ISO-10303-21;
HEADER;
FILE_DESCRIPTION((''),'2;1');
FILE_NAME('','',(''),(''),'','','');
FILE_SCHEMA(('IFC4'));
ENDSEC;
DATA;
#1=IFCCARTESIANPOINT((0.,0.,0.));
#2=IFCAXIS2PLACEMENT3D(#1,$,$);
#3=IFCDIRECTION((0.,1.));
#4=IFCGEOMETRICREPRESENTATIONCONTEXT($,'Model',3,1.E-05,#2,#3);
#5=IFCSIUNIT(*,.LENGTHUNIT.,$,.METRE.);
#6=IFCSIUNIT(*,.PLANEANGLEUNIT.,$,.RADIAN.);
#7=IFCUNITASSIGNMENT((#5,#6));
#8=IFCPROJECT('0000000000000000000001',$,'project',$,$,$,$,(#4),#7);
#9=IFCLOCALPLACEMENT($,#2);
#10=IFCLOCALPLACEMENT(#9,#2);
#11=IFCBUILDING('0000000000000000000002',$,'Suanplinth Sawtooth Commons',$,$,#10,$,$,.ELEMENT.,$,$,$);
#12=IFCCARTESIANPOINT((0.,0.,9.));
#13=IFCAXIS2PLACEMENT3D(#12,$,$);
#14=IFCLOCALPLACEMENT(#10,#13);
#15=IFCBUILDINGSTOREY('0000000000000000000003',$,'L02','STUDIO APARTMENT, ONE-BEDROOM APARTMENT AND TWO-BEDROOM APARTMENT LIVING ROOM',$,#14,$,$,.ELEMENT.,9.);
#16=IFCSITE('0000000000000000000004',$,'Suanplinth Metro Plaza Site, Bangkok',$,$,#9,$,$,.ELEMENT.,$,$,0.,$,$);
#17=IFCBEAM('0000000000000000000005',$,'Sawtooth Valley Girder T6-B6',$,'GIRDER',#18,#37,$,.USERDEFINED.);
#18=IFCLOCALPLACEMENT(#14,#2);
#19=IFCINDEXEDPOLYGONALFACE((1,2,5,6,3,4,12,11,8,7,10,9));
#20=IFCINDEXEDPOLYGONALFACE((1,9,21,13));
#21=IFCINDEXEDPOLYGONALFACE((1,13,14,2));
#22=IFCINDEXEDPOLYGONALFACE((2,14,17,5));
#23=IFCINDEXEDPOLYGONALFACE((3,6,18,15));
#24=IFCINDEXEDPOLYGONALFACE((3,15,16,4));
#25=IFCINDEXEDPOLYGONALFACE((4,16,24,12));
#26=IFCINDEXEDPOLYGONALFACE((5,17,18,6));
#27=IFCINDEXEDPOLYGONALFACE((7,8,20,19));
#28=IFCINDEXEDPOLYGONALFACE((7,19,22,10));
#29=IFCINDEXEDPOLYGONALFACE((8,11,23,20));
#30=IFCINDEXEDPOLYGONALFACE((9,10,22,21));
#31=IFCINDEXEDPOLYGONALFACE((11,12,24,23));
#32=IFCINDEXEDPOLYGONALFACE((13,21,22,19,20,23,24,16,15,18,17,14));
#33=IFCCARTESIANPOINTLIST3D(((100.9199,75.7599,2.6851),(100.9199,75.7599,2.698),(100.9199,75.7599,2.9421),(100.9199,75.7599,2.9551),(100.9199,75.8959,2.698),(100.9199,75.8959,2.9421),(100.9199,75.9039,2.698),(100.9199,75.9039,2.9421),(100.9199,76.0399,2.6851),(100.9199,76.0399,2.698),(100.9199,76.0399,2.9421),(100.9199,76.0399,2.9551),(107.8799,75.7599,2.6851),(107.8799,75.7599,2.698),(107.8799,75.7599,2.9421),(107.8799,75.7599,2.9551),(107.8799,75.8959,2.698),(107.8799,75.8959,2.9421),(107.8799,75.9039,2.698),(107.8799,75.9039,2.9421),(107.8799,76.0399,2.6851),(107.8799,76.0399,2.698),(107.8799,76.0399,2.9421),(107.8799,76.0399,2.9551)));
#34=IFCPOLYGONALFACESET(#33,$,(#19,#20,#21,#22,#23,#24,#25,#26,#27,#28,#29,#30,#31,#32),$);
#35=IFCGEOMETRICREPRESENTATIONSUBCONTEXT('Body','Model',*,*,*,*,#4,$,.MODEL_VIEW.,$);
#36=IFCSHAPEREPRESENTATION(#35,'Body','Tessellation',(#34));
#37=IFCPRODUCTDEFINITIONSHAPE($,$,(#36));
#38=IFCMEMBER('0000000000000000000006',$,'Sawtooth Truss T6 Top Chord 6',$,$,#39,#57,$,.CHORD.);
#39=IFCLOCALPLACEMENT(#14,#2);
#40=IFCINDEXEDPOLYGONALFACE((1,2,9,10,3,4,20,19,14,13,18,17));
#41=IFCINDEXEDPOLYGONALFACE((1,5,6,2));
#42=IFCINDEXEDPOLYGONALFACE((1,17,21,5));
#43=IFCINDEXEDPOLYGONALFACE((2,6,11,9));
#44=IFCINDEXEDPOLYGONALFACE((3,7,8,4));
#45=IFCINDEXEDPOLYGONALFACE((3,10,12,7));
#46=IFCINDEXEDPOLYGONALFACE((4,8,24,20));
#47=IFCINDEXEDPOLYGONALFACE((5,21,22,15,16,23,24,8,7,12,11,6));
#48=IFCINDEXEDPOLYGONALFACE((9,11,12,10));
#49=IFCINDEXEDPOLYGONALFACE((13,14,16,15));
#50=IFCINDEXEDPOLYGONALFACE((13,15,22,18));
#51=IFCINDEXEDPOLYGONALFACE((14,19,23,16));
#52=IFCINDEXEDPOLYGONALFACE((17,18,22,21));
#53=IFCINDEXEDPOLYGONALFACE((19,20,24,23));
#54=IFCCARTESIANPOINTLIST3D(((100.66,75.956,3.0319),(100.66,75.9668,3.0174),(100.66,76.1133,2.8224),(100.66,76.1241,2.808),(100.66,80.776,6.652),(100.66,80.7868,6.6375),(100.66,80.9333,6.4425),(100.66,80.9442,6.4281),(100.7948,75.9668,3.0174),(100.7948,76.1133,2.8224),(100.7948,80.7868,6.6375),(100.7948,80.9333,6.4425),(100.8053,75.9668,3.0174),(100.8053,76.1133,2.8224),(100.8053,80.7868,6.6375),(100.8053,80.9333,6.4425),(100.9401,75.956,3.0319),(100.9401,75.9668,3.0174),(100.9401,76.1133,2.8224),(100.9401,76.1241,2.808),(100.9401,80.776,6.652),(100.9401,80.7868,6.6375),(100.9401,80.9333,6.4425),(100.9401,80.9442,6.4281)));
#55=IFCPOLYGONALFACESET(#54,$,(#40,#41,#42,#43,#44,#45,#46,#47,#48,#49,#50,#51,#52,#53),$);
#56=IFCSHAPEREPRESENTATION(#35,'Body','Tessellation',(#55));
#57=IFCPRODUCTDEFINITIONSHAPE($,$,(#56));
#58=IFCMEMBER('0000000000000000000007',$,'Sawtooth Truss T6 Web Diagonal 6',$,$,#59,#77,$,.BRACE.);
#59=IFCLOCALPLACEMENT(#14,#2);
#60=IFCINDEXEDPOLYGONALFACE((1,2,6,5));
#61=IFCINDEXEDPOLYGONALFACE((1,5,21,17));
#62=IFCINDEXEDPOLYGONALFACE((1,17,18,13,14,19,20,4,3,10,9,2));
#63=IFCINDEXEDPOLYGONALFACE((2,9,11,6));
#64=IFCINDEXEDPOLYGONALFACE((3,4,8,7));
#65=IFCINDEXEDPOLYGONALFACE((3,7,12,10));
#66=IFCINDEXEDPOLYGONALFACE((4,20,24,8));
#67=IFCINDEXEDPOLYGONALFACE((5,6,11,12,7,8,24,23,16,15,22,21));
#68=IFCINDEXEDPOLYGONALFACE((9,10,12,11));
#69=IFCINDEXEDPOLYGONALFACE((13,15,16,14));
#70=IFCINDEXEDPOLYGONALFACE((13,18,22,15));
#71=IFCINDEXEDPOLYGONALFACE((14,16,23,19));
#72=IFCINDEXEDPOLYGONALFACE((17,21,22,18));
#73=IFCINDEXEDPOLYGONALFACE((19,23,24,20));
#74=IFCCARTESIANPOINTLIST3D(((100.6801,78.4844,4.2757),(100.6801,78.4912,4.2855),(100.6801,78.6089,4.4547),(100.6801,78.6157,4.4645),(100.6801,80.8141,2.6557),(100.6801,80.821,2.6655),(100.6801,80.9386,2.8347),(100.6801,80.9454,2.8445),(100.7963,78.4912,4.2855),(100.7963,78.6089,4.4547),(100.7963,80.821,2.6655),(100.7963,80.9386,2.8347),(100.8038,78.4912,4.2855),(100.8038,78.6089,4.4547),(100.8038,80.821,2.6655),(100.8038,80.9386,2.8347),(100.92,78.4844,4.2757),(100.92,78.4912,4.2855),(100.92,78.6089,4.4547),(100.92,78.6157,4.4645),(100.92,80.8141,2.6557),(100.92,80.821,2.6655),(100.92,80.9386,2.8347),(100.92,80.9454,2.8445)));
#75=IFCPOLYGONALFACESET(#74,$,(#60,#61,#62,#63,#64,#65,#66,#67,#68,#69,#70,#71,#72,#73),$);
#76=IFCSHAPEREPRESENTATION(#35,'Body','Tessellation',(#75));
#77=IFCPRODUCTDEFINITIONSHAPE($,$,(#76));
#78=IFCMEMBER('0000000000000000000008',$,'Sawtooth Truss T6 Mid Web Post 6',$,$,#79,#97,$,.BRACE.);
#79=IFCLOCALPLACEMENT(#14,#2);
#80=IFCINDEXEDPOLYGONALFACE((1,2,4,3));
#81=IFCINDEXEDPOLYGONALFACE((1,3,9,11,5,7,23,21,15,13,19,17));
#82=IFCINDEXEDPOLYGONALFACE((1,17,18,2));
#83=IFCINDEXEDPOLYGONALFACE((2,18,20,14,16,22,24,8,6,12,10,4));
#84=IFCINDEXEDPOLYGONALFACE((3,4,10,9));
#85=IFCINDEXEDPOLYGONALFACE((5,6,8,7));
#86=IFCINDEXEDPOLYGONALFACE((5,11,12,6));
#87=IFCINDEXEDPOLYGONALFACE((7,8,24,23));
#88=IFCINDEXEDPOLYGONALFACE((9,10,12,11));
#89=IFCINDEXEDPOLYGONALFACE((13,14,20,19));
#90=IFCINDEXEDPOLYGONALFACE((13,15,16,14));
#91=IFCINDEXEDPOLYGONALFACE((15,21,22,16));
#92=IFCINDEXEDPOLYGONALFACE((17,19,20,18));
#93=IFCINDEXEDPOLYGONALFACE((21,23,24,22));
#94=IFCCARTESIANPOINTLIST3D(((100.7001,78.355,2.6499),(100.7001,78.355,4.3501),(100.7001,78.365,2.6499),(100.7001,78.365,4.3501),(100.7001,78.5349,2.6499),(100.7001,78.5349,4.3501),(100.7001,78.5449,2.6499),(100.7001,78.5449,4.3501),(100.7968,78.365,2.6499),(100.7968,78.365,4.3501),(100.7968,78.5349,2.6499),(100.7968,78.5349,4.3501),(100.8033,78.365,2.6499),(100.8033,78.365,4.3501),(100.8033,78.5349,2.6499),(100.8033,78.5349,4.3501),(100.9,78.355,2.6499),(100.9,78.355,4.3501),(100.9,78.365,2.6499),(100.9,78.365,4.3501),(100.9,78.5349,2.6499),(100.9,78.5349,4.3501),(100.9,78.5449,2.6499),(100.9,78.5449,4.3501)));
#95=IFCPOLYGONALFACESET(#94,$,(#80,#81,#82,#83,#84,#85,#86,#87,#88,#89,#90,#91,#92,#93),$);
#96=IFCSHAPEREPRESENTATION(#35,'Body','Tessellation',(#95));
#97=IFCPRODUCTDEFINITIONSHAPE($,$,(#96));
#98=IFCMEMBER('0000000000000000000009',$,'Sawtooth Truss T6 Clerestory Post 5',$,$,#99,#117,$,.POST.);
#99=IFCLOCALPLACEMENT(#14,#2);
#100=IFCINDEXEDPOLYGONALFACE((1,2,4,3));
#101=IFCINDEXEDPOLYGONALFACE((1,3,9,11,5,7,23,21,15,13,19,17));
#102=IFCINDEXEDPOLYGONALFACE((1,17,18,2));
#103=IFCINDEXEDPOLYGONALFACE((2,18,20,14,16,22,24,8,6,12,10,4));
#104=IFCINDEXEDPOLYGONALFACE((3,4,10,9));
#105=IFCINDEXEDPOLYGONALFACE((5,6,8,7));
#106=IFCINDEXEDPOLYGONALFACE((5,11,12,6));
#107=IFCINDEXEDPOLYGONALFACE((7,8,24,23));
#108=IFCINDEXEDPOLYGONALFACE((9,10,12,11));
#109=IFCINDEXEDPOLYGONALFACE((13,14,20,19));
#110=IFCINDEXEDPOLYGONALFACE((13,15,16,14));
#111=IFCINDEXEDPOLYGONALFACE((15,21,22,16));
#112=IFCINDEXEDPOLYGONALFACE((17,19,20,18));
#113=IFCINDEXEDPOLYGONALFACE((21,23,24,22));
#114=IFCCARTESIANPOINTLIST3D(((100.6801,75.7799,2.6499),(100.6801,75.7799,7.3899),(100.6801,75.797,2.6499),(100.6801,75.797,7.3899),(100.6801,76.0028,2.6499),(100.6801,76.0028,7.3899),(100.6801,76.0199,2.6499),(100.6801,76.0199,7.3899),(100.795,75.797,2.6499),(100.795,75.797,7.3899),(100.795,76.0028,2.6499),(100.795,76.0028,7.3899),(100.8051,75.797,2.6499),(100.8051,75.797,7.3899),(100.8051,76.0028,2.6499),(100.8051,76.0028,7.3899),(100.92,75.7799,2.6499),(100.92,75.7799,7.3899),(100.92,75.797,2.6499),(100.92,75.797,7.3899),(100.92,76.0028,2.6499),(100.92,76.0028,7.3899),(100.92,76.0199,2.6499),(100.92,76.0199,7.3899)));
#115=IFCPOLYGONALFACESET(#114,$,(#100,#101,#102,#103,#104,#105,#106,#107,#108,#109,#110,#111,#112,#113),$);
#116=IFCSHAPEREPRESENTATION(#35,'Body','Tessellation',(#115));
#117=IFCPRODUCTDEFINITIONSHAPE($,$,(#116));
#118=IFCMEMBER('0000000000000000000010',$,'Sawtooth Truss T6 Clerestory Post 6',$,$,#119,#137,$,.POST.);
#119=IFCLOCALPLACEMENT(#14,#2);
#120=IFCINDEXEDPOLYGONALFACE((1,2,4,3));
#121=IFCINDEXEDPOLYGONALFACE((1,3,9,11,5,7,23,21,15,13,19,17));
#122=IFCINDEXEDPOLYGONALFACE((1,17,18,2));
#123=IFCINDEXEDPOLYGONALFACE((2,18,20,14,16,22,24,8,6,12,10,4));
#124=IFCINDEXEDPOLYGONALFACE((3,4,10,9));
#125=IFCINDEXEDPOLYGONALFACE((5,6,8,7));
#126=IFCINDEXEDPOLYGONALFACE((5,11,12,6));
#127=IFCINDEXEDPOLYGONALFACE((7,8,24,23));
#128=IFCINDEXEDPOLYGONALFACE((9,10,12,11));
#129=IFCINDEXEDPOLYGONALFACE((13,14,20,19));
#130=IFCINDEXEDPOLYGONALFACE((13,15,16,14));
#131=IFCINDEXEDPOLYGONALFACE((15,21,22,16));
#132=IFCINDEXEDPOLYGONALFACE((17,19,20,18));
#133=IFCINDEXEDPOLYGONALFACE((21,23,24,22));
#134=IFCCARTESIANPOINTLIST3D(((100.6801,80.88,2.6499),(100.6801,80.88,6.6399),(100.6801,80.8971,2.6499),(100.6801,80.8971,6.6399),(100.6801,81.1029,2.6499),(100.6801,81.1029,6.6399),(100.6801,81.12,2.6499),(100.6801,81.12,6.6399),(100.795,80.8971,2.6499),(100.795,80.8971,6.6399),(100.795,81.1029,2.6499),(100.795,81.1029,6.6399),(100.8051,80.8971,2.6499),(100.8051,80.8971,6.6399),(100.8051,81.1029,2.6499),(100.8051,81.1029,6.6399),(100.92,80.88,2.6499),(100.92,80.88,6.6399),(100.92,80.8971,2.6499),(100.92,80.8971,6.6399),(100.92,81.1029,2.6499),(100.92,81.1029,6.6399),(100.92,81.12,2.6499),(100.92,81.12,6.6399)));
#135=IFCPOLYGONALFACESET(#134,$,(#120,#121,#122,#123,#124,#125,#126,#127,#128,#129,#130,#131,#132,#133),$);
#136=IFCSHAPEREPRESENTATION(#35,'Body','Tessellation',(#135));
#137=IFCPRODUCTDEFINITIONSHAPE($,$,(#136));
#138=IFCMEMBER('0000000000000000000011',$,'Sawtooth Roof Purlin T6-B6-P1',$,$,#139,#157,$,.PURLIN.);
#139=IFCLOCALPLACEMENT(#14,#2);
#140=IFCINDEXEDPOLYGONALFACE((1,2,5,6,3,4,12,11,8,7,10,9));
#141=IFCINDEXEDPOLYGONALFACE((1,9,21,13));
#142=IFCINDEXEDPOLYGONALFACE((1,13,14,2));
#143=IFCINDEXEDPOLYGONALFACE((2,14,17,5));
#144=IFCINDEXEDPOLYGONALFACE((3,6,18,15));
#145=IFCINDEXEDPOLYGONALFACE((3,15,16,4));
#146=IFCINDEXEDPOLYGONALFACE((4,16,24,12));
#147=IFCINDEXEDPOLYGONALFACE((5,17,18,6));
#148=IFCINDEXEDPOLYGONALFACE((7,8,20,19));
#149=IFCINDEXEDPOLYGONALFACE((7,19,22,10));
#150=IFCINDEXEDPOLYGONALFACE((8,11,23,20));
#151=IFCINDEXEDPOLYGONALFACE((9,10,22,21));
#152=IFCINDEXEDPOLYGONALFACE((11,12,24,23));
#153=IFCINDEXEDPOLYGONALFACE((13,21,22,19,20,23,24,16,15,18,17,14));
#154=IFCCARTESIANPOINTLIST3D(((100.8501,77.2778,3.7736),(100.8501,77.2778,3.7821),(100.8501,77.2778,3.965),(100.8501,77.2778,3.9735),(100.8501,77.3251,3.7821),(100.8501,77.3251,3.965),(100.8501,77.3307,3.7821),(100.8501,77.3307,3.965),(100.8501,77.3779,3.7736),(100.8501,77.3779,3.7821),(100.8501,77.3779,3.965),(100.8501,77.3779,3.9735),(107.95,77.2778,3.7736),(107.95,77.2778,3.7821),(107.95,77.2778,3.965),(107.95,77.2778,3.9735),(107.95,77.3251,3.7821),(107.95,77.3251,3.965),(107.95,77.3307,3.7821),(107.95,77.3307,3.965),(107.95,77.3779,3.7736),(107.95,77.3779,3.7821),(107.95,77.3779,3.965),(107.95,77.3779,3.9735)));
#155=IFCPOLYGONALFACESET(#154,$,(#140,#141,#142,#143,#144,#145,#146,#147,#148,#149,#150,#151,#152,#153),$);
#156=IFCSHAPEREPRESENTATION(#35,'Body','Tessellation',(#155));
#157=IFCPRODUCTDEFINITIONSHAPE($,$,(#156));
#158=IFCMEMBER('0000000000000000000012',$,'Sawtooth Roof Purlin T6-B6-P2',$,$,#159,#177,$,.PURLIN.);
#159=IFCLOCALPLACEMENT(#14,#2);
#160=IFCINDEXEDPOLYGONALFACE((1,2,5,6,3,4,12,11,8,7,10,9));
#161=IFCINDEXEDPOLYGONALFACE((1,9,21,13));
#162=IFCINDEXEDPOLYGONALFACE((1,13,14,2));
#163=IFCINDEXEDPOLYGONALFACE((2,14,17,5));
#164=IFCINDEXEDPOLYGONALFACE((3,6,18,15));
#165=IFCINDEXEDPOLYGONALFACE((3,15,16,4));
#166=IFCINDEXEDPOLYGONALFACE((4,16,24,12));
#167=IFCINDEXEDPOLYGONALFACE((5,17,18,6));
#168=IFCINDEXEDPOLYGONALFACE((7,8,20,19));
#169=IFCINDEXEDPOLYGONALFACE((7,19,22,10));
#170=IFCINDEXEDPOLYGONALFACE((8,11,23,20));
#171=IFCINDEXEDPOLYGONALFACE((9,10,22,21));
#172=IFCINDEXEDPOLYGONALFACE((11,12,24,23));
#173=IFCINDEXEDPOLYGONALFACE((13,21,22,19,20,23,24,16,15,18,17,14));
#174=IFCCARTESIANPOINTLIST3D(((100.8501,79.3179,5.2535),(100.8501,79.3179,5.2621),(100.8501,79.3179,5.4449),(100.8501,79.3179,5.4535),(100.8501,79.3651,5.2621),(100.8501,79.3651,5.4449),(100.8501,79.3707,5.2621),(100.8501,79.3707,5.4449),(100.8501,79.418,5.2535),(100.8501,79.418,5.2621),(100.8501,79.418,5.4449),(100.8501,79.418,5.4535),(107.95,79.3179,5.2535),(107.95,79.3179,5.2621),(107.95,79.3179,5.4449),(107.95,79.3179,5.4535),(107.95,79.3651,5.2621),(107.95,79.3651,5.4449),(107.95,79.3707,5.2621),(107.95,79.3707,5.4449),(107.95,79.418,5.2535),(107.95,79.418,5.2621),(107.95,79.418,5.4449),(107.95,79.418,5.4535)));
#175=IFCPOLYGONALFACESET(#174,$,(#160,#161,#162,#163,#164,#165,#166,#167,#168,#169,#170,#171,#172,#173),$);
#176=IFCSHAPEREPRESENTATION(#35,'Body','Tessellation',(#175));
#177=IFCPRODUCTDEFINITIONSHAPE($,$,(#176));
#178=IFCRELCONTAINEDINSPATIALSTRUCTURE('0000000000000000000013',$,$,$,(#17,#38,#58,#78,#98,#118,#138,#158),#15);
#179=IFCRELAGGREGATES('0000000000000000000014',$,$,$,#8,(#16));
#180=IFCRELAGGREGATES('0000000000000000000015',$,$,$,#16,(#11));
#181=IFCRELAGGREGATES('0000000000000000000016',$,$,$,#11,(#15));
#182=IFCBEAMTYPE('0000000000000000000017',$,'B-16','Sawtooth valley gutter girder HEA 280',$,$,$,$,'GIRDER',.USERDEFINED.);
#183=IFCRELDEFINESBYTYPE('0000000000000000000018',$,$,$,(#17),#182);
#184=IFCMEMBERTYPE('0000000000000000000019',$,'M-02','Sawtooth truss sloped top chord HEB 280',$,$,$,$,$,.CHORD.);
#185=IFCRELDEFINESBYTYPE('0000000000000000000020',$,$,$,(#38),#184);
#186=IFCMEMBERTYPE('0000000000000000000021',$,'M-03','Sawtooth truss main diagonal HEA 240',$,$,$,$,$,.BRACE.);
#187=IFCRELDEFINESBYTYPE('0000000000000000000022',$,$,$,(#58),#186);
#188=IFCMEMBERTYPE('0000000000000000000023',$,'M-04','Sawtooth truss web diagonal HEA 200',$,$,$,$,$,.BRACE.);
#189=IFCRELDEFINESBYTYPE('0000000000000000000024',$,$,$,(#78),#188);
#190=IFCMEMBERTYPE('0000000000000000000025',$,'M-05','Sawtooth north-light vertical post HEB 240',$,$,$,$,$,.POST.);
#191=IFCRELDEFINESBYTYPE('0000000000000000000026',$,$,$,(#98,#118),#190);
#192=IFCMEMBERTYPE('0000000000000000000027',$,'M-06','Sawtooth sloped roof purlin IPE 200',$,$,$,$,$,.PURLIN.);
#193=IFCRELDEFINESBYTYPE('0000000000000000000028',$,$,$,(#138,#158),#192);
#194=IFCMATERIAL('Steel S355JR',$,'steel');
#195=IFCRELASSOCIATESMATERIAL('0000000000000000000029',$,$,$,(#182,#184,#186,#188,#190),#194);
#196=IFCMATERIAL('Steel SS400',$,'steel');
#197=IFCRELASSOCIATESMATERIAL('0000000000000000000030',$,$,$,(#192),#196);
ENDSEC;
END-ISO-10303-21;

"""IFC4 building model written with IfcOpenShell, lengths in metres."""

from ifc_helpers import new_model, si_unit, direction, frame, origin, origin_2d, place, context, subcontext, project, spatial, i_section, extrude, material, material_profile, profile_set, type_object, element, save


model = new_model("IFC4")

# Units and contexts
model_context = context("Model", 3, precision=1e-05, world=origin(), true_north=direction((0.0, 1.0)))
body_context = subcontext(model_context, "Body", "Model", "MODEL_VIEW")
ifc_project = project(units=[si_unit("LENGTHUNIT", "METRE"), si_unit("PLANEANGLEUNIT", "RADIAN")], contexts=[model_context])

# Site, building, storey
site_placement = place(None, origin())
site = spatial("IfcSite", under=ifc_project, at=site_placement, Name="Suanplinth Metro Plaza Site, Bangkok", CompositionType="ELEMENT", RefElevation=0.0)
building_placement = place(site_placement, origin())
building = spatial("IfcBuilding", under=site, at=building_placement, Name="Suanplinth Sawtooth Commons", CompositionType="ELEMENT")
storey_placement = place(building_placement, frame((0.0, 0.0, 9.0)))
storey = spatial("IfcBuildingStorey", under=building, at=storey_placement, Name="L02", Description="STUDIO APARTMENT, ONE-BEDROOM APARTMENT AND TWO-BEDROOM APARTMENT LIVING ROOM", CompositionType="ELEMENT", Elevation=9.0)

# Beam
ifc_material_1 = material(Name="Steel S355JR", Category="steel")
ifc_material_profile_1 = material_profile(ifc_material_1, i_section(OverallWidth=0.28, OverallDepth=0.27, WebThickness=0.0081, FlangeThickness=0.0129, at=origin_2d()), Name="HEA 280")
ifc_profile_set_1 = profile_set([ifc_material_profile_1], Name="Steel S355JR")
beam_type = type_object("IfcBeamType", Name="B-16", Description="Sawtooth valley gutter girder HEA 280", ElementType="GIRDER", PredefinedType="USERDEFINED", material=ifc_profile_set_1)
beam_placement = place(storey_placement, frame((100.9199, 75.8999, 2.8201), z_axis=(1.0, 0.0, 0.0), x_axis=(0.0, 1.0, 0.0)))
element("IfcBeam", 1, at=beam_placement, inside=storey, type_object=beam_type, Name="Sawtooth Valley Girder T6-B6", ObjectType="GIRDER", PredefinedType="USERDEFINED", context=body_context, shape_type="SweptSolid", body=[
    extrude(i_section(OverallWidth=0.28, OverallDepth=0.27, WebThickness=0.0081, FlangeThickness=0.0129, at=origin_2d()), origin(), (0.0, 0.0, 1.0), 6.96),
])

# Members
ifc_material_profile_2 = material_profile(ifc_material_1, i_section(OverallWidth=0.28, OverallDepth=0.28, WebThickness=0.0105, FlangeThickness=0.0181, at=origin_2d()), Name="HEB 280")
ifc_profile_set_2 = profile_set([ifc_material_profile_2], Name="Steel S355JR")
member_type_1 = type_object("IfcMemberType", Name="M-02", Description="Sawtooth truss sloped top chord HEB 280", PredefinedType="CHORD", material=ifc_profile_set_2)
member_1_placement = place(storey_placement, frame((100.8, 76.04, 2.9199), z_axis=(0.0, 0.799596, 0.600538), x_axis=(-1.0, 0.0, 0.0)))
element("IfcMember", 2, at=member_1_placement, inside=storey, type_object=member_type_1, Name="Sawtooth Truss T6 Top Chord 6", PredefinedType="CHORD", context=body_context, shape_type="SweptSolid", body=[
    extrude(i_section(OverallWidth=0.28, OverallDepth=0.28, WebThickness=0.0105, FlangeThickness=0.0181, at=origin_2d()), origin(), (0.0, 0.0, 1.0), 6.0281),
])
ifc_material_profile_3 = material_profile(ifc_material_1, i_section(OverallWidth=0.24, OverallDepth=0.23, WebThickness=0.0076, FlangeThickness=0.012, at=origin_2d()), Name="HEA 240")
ifc_profile_set_3 = profile_set([ifc_material_profile_3], Name="Steel S355JR")
member_type_2 = type_object("IfcMemberType", Name="M-03", Description="Sawtooth truss main diagonal HEA 240", PredefinedType="BRACE", material=ifc_profile_set_3)
member_2_placement = place(storey_placement, frame((100.8, 78.55, 4.3701), z_axis=(0.0, 0.82101, -0.570913), x_axis=(-1.0, 0.0, 0.0)))
element("IfcMember", 3, at=member_2_placement, inside=storey, type_object=member_type_2, Name="Sawtooth Truss T6 Web Diagonal 6", PredefinedType="BRACE", context=body_context, shape_type="SweptSolid", body=[
    extrude(i_section(OverallWidth=0.24, OverallDepth=0.23, WebThickness=0.0076, FlangeThickness=0.012, at=origin_2d()), origin(), (0.0, 0.0, 1.0), 2.8376),
])
ifc_material_profile_4 = material_profile(ifc_material_1, i_section(OverallWidth=0.2, OverallDepth=0.1899, WebThickness=0.0066, FlangeThickness=0.01, at=origin_2d()), Name="HEA 200")
ifc_profile_set_4 = profile_set([ifc_material_profile_4], Name="Steel S355JR")
member_type_3 = type_object("IfcMemberType", Name="M-04", Description="Sawtooth truss web diagonal HEA 200", PredefinedType="BRACE", material=ifc_profile_set_4)
member_3_placement = place(storey_placement, frame((100.8, 78.45, 2.6499), z_axis=(0.0, 0.0, 1.0), x_axis=(1.0, 0.0, 0.0)))
element("IfcMember", 4, at=member_3_placement, inside=storey, type_object=member_type_3, Name="Sawtooth Truss T6 Mid Web Post 6", PredefinedType="BRACE", context=body_context, shape_type="SweptSolid", body=[
    extrude(i_section(OverallWidth=0.2, OverallDepth=0.1899, WebThickness=0.0066, FlangeThickness=0.01, at=origin_2d()), origin(), (0.0, 0.0, 1.0), 1.7002),
])
ifc_material_profile_5 = material_profile(ifc_material_1, i_section(OverallWidth=0.24, OverallDepth=0.24, WebThickness=0.01, FlangeThickness=0.0171, at=origin_2d()), Name="HEB 240")
ifc_profile_set_5 = profile_set([ifc_material_profile_5], Name="Steel S355JR")
member_type_4 = type_object("IfcMemberType", Name="M-05", Description="Sawtooth north-light vertical post HEB 240", PredefinedType="POST", material=ifc_profile_set_5)
member_4_placement = place(storey_placement, frame((100.8, 75.8999, 2.6499), z_axis=(0.0, 0.0, 1.0), x_axis=(1.0, 0.0, 0.0)))
element("IfcMember", 5, at=member_4_placement, inside=storey, type_object=member_type_4, Name="Sawtooth Truss T6 Clerestory Post 5", PredefinedType="POST", context=body_context, shape_type="SweptSolid", body=[
    extrude(i_section(OverallWidth=0.24, OverallDepth=0.24, WebThickness=0.01, FlangeThickness=0.0171, at=origin_2d()), origin(), (0.0, 0.0, 1.0), 4.74),
])
member_5_placement = place(storey_placement, frame((100.8, 81.0, 2.6499), z_axis=(0.0, 0.0, 1.0), x_axis=(1.0, 0.0, 0.0)))
element("IfcMember", 6, at=member_5_placement, inside=storey, type_object=member_type_4, Name="Sawtooth Truss T6 Clerestory Post 6", PredefinedType="POST", context=body_context, shape_type="SweptSolid", body=[
    extrude(i_section(OverallWidth=0.24, OverallDepth=0.24, WebThickness=0.01, FlangeThickness=0.0171, at=origin_2d()), origin(), (0.0, 0.0, 1.0), 3.99),
])
ifc_material_2 = material(Name="Steel SS400", Category="steel")
ifc_material_profile_6 = material_profile(ifc_material_2, i_section(OverallWidth=0.1001, OverallDepth=0.2, WebThickness=0.0056, FlangeThickness=0.0085, at=origin_2d()), Name="IPE 200")
ifc_profile_set_6 = profile_set([ifc_material_profile_6], Name="Steel SS400")
member_type_5 = type_object("IfcMemberType", Name="M-06", Description="Sawtooth sloped roof purlin IPE 200", PredefinedType="PURLIN", material=ifc_profile_set_6)
for number, where, z_axis, x_axis, name in (
    (7, (100.8501, 77.3279, 3.8735), (1.0, 0.0, 0.0), (0.0, 1.0, 0.0), "Sawtooth Roof Purlin T6-B6-P1"),
    (8, (100.8501, 79.3679, 5.3535), (1.0, 0.0, 0.0), (0.0, 1.0, 0.0), "Sawtooth Roof Purlin T6-B6-P2"),
):
    element("IfcMember", number, at=place(storey_placement, frame(where, z_axis=z_axis, x_axis=x_axis)), inside=storey, type_object=member_type_5, Name=name, PredefinedType="PURLIN", context=body_context, shape_type="SweptSolid", body=[
        extrude(i_section(OverallWidth=0.1001, OverallDepth=0.2, WebThickness=0.0056, FlangeThickness=0.0085, at=origin_2d()), origin(), (0.0, 0.0, 1.0), 7.0999),
    ])

save(model, "model.ifc")
